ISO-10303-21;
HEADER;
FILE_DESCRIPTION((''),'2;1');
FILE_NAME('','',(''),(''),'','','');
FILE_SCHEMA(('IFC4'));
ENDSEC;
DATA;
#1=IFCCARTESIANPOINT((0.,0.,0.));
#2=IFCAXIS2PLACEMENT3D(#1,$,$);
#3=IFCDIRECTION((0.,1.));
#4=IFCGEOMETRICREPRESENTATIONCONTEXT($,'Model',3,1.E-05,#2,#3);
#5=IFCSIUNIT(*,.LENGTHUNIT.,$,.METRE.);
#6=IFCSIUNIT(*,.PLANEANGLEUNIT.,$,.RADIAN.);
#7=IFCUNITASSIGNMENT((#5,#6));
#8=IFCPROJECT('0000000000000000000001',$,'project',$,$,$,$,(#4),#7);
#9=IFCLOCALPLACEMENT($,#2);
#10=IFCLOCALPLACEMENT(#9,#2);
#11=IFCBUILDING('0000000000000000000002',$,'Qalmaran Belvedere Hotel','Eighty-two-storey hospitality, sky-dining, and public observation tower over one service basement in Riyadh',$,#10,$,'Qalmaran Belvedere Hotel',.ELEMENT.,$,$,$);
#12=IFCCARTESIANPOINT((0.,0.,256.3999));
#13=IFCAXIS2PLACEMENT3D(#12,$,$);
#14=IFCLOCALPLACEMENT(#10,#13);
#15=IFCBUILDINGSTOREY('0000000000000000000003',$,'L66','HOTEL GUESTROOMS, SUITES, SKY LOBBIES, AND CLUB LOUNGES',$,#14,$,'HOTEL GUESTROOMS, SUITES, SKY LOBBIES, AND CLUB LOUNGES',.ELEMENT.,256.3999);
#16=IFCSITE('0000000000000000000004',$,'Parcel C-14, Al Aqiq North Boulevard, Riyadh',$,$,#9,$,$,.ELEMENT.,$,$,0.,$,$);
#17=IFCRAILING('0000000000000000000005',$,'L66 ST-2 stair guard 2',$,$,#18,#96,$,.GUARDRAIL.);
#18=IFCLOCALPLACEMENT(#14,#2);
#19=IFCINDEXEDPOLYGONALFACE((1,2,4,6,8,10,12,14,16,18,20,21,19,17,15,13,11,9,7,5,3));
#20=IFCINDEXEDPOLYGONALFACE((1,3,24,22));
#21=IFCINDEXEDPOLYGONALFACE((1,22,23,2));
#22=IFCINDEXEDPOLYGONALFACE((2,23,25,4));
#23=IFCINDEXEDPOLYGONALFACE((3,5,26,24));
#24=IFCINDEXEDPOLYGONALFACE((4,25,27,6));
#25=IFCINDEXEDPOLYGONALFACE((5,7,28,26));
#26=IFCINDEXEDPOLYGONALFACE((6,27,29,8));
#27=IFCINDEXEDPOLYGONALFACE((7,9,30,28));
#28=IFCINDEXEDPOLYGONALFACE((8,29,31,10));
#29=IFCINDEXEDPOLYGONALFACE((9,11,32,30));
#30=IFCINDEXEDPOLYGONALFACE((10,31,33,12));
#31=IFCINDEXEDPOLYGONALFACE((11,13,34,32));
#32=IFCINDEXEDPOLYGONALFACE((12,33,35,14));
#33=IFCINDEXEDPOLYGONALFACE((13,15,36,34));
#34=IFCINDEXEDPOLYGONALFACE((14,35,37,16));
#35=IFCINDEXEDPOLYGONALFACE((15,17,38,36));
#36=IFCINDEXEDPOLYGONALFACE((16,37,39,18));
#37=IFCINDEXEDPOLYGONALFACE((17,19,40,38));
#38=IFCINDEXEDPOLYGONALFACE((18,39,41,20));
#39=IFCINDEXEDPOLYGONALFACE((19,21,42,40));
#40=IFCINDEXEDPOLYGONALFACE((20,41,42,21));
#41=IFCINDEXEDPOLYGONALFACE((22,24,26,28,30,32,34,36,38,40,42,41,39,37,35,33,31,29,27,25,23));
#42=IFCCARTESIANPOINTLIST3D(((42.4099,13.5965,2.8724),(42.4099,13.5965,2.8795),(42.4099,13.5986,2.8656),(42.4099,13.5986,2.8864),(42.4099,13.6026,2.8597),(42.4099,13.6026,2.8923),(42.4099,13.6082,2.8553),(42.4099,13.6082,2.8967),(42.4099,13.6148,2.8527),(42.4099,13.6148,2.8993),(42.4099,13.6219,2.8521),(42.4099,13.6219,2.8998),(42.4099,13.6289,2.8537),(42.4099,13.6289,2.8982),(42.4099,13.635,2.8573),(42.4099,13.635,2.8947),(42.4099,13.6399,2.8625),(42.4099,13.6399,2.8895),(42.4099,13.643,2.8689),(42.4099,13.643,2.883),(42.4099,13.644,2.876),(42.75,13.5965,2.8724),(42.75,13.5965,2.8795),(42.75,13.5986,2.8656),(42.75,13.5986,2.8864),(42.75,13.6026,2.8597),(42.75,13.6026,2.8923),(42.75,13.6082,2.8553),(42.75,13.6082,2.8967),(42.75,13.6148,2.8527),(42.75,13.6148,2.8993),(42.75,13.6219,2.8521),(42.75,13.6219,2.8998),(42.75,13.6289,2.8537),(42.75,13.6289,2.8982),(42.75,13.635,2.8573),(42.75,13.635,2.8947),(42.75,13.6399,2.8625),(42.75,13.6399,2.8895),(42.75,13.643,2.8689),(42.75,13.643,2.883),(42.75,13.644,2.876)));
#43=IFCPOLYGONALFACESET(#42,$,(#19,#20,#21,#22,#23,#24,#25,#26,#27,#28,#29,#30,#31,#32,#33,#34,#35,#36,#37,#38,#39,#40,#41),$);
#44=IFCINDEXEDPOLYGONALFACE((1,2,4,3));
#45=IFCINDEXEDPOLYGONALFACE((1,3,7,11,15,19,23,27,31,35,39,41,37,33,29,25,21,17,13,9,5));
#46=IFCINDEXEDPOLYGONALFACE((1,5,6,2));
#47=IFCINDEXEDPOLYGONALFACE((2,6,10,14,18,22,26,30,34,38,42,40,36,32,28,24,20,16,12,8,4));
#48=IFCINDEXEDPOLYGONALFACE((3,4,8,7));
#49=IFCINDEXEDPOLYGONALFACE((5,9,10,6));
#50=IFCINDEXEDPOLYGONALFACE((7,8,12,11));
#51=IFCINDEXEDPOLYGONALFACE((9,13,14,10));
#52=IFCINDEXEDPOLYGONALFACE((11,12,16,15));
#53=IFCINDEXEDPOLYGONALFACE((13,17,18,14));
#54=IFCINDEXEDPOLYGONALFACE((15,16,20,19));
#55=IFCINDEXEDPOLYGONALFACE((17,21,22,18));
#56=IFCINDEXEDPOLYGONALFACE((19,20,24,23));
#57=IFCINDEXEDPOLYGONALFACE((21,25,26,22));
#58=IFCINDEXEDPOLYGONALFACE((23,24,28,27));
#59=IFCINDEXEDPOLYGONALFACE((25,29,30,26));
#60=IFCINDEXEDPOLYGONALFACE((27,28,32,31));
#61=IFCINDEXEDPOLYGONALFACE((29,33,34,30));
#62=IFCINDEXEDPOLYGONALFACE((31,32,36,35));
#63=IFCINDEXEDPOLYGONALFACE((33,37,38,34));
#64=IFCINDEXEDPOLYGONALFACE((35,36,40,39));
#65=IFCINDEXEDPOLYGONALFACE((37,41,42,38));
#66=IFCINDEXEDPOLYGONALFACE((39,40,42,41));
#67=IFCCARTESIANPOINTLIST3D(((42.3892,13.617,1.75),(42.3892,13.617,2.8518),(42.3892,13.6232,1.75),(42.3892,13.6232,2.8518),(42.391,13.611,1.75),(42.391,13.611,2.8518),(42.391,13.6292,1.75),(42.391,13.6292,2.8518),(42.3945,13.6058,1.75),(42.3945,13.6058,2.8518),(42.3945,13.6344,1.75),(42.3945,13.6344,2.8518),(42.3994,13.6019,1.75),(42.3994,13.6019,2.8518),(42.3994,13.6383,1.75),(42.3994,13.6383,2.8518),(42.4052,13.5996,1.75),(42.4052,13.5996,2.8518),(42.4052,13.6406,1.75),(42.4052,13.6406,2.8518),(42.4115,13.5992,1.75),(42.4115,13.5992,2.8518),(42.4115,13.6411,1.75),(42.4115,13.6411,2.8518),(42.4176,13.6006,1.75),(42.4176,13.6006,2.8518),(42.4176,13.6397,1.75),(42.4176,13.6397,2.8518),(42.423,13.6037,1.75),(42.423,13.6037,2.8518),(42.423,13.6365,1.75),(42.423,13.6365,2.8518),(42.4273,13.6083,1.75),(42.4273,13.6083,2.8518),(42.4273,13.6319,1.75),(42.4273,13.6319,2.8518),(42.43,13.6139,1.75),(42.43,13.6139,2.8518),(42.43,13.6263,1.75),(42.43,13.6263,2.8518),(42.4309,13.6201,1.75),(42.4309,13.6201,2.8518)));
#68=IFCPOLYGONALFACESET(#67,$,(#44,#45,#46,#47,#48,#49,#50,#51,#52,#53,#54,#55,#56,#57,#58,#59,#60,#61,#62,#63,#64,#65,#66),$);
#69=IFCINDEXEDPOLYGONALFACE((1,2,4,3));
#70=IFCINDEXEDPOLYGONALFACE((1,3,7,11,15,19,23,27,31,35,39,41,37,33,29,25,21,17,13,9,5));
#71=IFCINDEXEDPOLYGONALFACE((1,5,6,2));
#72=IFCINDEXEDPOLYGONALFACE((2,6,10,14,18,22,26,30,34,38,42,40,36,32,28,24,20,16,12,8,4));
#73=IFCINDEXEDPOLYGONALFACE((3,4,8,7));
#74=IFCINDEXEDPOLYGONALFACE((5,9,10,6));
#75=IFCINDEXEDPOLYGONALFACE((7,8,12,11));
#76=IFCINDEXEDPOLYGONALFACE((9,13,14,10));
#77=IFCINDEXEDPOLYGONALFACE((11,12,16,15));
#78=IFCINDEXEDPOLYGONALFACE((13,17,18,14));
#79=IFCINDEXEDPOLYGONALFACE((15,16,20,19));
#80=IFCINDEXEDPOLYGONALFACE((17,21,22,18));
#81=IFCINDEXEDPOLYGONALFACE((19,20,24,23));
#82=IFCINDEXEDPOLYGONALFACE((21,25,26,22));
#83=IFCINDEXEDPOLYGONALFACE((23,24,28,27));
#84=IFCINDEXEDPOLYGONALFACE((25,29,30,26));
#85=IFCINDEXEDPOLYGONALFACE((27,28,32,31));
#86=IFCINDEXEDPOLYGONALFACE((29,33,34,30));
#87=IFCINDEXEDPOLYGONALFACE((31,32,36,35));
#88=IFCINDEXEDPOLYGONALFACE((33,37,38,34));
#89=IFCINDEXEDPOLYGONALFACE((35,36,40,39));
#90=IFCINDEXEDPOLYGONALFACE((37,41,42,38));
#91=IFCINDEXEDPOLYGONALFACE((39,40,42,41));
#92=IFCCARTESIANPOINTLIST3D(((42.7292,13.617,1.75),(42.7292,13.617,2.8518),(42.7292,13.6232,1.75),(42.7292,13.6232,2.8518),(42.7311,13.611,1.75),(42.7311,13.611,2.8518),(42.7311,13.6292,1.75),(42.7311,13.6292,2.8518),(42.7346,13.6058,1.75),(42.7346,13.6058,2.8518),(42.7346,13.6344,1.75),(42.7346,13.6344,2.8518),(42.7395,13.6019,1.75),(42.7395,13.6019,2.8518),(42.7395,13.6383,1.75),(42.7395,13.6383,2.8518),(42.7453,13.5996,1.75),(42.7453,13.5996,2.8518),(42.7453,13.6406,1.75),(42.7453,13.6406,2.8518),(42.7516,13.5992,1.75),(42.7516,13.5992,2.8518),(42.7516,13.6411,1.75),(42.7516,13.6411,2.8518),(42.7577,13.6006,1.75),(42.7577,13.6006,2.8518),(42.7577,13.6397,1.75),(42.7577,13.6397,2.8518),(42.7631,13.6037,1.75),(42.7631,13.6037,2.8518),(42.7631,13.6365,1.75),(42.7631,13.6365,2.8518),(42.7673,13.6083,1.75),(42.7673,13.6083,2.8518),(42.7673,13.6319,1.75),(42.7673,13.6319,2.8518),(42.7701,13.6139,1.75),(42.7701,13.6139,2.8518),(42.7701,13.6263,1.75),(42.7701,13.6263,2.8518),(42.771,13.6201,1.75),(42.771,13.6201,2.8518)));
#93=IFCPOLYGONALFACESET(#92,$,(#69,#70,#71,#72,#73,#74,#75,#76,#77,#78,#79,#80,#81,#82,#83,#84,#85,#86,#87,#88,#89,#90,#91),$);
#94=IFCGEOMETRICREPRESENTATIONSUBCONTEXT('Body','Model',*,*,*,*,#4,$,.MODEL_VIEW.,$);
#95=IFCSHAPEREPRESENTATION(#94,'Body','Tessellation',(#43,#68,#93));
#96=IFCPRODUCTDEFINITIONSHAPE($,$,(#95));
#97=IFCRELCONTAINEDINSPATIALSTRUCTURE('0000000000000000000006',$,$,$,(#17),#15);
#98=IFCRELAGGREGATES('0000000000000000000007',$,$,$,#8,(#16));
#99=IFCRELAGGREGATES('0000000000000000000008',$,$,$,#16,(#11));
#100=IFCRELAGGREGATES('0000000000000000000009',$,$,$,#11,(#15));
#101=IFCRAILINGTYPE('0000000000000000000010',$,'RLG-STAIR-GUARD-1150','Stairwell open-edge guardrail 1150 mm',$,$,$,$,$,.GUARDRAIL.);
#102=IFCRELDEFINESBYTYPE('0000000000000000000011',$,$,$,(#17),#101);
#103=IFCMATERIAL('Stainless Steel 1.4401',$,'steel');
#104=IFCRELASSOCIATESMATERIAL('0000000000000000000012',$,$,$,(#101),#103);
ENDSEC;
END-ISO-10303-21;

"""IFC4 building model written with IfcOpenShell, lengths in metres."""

from ifc_helpers import new_model, si_unit, direction, frame, origin, origin_2d, place, context, subcontext, project, spatial, circle, extrude, material, type_object, element, save


model = new_model("IFC4")

# Units and contexts
model_context = context("Model", 3, precision=1e-05, world=origin(), true_north=direction((0.0, 1.0)))
body_context = subcontext(model_context, "Body", "Model", "MODEL_VIEW")
ifc_project = project(units=[si_unit("LENGTHUNIT", "METRE"), si_unit("PLANEANGLEUNIT", "RADIAN")], contexts=[model_context])

# Site, building, storey
site_placement = place(None, origin())
site = spatial("IfcSite", under=ifc_project, at=site_placement, Name="Parcel C-14, Al Aqiq North Boulevard, Riyadh", CompositionType="ELEMENT", RefElevation=0.0)
building_placement = place(site_placement, origin())
building = spatial("IfcBuilding", under=site, at=building_placement, Name="Qalmaran Belvedere Hotel", Description="Eighty-two-storey hospitality, sky-dining, and public observation tower over one service basement in Riyadh", LongName="Qalmaran Belvedere Hotel", CompositionType="ELEMENT")
storey_placement = place(building_placement, frame((0.0, 0.0, 256.3999)))
storey = spatial("IfcBuildingStorey", under=building, at=storey_placement, Name="L66", Description="HOTEL GUESTROOMS, SUITES, SKY LOBBIES, AND CLUB LOUNGES", LongName="HOTEL GUESTROOMS, SUITES, SKY LOBBIES, AND CLUB LOUNGES", CompositionType="ELEMENT", Elevation=256.3999)

# Railing
ifc_material_1 = material(Name="Stainless Steel 1.4401", Category="steel")
railing_type_1 = type_object("IfcRailingType", Name="RLG-STAIR-GUARD-1150", Description="Stairwell open-edge guardrail 1150 mm", PredefinedType="GUARDRAIL", material=ifc_material_1)
railing_1_placement = place(storey_placement, frame((42.4099, 13.6201, 1.75)))
element("IfcRailing", 1, at=railing_1_placement, inside=storey, type_object=railing_type_1, Name="L66 ST-2 stair guard 2", PredefinedType="GUARDRAIL", context=body_context, shape_type="SweptSolid", body=[
    extrude(circle(Radius=0.0239, at=origin_2d()), frame((0.0, 0.0, 1.126), z_axis=(1.0, 0.0, 0.0), x_axis=(0.0, 1.0, 0.0)), (0.0, 0.0, 1.0), 0.3401),
    extrude(circle(Radius=0.021, at=origin_2d()), origin(), (0.0, 0.0, 1.0), 1.1018),
    extrude(circle(Radius=0.021, at=origin_2d()), frame((0.3401, 0.0, 0.0)), (0.0, 0.0, 1.0), 1.1018),
])

save(model, "model.ifc")
